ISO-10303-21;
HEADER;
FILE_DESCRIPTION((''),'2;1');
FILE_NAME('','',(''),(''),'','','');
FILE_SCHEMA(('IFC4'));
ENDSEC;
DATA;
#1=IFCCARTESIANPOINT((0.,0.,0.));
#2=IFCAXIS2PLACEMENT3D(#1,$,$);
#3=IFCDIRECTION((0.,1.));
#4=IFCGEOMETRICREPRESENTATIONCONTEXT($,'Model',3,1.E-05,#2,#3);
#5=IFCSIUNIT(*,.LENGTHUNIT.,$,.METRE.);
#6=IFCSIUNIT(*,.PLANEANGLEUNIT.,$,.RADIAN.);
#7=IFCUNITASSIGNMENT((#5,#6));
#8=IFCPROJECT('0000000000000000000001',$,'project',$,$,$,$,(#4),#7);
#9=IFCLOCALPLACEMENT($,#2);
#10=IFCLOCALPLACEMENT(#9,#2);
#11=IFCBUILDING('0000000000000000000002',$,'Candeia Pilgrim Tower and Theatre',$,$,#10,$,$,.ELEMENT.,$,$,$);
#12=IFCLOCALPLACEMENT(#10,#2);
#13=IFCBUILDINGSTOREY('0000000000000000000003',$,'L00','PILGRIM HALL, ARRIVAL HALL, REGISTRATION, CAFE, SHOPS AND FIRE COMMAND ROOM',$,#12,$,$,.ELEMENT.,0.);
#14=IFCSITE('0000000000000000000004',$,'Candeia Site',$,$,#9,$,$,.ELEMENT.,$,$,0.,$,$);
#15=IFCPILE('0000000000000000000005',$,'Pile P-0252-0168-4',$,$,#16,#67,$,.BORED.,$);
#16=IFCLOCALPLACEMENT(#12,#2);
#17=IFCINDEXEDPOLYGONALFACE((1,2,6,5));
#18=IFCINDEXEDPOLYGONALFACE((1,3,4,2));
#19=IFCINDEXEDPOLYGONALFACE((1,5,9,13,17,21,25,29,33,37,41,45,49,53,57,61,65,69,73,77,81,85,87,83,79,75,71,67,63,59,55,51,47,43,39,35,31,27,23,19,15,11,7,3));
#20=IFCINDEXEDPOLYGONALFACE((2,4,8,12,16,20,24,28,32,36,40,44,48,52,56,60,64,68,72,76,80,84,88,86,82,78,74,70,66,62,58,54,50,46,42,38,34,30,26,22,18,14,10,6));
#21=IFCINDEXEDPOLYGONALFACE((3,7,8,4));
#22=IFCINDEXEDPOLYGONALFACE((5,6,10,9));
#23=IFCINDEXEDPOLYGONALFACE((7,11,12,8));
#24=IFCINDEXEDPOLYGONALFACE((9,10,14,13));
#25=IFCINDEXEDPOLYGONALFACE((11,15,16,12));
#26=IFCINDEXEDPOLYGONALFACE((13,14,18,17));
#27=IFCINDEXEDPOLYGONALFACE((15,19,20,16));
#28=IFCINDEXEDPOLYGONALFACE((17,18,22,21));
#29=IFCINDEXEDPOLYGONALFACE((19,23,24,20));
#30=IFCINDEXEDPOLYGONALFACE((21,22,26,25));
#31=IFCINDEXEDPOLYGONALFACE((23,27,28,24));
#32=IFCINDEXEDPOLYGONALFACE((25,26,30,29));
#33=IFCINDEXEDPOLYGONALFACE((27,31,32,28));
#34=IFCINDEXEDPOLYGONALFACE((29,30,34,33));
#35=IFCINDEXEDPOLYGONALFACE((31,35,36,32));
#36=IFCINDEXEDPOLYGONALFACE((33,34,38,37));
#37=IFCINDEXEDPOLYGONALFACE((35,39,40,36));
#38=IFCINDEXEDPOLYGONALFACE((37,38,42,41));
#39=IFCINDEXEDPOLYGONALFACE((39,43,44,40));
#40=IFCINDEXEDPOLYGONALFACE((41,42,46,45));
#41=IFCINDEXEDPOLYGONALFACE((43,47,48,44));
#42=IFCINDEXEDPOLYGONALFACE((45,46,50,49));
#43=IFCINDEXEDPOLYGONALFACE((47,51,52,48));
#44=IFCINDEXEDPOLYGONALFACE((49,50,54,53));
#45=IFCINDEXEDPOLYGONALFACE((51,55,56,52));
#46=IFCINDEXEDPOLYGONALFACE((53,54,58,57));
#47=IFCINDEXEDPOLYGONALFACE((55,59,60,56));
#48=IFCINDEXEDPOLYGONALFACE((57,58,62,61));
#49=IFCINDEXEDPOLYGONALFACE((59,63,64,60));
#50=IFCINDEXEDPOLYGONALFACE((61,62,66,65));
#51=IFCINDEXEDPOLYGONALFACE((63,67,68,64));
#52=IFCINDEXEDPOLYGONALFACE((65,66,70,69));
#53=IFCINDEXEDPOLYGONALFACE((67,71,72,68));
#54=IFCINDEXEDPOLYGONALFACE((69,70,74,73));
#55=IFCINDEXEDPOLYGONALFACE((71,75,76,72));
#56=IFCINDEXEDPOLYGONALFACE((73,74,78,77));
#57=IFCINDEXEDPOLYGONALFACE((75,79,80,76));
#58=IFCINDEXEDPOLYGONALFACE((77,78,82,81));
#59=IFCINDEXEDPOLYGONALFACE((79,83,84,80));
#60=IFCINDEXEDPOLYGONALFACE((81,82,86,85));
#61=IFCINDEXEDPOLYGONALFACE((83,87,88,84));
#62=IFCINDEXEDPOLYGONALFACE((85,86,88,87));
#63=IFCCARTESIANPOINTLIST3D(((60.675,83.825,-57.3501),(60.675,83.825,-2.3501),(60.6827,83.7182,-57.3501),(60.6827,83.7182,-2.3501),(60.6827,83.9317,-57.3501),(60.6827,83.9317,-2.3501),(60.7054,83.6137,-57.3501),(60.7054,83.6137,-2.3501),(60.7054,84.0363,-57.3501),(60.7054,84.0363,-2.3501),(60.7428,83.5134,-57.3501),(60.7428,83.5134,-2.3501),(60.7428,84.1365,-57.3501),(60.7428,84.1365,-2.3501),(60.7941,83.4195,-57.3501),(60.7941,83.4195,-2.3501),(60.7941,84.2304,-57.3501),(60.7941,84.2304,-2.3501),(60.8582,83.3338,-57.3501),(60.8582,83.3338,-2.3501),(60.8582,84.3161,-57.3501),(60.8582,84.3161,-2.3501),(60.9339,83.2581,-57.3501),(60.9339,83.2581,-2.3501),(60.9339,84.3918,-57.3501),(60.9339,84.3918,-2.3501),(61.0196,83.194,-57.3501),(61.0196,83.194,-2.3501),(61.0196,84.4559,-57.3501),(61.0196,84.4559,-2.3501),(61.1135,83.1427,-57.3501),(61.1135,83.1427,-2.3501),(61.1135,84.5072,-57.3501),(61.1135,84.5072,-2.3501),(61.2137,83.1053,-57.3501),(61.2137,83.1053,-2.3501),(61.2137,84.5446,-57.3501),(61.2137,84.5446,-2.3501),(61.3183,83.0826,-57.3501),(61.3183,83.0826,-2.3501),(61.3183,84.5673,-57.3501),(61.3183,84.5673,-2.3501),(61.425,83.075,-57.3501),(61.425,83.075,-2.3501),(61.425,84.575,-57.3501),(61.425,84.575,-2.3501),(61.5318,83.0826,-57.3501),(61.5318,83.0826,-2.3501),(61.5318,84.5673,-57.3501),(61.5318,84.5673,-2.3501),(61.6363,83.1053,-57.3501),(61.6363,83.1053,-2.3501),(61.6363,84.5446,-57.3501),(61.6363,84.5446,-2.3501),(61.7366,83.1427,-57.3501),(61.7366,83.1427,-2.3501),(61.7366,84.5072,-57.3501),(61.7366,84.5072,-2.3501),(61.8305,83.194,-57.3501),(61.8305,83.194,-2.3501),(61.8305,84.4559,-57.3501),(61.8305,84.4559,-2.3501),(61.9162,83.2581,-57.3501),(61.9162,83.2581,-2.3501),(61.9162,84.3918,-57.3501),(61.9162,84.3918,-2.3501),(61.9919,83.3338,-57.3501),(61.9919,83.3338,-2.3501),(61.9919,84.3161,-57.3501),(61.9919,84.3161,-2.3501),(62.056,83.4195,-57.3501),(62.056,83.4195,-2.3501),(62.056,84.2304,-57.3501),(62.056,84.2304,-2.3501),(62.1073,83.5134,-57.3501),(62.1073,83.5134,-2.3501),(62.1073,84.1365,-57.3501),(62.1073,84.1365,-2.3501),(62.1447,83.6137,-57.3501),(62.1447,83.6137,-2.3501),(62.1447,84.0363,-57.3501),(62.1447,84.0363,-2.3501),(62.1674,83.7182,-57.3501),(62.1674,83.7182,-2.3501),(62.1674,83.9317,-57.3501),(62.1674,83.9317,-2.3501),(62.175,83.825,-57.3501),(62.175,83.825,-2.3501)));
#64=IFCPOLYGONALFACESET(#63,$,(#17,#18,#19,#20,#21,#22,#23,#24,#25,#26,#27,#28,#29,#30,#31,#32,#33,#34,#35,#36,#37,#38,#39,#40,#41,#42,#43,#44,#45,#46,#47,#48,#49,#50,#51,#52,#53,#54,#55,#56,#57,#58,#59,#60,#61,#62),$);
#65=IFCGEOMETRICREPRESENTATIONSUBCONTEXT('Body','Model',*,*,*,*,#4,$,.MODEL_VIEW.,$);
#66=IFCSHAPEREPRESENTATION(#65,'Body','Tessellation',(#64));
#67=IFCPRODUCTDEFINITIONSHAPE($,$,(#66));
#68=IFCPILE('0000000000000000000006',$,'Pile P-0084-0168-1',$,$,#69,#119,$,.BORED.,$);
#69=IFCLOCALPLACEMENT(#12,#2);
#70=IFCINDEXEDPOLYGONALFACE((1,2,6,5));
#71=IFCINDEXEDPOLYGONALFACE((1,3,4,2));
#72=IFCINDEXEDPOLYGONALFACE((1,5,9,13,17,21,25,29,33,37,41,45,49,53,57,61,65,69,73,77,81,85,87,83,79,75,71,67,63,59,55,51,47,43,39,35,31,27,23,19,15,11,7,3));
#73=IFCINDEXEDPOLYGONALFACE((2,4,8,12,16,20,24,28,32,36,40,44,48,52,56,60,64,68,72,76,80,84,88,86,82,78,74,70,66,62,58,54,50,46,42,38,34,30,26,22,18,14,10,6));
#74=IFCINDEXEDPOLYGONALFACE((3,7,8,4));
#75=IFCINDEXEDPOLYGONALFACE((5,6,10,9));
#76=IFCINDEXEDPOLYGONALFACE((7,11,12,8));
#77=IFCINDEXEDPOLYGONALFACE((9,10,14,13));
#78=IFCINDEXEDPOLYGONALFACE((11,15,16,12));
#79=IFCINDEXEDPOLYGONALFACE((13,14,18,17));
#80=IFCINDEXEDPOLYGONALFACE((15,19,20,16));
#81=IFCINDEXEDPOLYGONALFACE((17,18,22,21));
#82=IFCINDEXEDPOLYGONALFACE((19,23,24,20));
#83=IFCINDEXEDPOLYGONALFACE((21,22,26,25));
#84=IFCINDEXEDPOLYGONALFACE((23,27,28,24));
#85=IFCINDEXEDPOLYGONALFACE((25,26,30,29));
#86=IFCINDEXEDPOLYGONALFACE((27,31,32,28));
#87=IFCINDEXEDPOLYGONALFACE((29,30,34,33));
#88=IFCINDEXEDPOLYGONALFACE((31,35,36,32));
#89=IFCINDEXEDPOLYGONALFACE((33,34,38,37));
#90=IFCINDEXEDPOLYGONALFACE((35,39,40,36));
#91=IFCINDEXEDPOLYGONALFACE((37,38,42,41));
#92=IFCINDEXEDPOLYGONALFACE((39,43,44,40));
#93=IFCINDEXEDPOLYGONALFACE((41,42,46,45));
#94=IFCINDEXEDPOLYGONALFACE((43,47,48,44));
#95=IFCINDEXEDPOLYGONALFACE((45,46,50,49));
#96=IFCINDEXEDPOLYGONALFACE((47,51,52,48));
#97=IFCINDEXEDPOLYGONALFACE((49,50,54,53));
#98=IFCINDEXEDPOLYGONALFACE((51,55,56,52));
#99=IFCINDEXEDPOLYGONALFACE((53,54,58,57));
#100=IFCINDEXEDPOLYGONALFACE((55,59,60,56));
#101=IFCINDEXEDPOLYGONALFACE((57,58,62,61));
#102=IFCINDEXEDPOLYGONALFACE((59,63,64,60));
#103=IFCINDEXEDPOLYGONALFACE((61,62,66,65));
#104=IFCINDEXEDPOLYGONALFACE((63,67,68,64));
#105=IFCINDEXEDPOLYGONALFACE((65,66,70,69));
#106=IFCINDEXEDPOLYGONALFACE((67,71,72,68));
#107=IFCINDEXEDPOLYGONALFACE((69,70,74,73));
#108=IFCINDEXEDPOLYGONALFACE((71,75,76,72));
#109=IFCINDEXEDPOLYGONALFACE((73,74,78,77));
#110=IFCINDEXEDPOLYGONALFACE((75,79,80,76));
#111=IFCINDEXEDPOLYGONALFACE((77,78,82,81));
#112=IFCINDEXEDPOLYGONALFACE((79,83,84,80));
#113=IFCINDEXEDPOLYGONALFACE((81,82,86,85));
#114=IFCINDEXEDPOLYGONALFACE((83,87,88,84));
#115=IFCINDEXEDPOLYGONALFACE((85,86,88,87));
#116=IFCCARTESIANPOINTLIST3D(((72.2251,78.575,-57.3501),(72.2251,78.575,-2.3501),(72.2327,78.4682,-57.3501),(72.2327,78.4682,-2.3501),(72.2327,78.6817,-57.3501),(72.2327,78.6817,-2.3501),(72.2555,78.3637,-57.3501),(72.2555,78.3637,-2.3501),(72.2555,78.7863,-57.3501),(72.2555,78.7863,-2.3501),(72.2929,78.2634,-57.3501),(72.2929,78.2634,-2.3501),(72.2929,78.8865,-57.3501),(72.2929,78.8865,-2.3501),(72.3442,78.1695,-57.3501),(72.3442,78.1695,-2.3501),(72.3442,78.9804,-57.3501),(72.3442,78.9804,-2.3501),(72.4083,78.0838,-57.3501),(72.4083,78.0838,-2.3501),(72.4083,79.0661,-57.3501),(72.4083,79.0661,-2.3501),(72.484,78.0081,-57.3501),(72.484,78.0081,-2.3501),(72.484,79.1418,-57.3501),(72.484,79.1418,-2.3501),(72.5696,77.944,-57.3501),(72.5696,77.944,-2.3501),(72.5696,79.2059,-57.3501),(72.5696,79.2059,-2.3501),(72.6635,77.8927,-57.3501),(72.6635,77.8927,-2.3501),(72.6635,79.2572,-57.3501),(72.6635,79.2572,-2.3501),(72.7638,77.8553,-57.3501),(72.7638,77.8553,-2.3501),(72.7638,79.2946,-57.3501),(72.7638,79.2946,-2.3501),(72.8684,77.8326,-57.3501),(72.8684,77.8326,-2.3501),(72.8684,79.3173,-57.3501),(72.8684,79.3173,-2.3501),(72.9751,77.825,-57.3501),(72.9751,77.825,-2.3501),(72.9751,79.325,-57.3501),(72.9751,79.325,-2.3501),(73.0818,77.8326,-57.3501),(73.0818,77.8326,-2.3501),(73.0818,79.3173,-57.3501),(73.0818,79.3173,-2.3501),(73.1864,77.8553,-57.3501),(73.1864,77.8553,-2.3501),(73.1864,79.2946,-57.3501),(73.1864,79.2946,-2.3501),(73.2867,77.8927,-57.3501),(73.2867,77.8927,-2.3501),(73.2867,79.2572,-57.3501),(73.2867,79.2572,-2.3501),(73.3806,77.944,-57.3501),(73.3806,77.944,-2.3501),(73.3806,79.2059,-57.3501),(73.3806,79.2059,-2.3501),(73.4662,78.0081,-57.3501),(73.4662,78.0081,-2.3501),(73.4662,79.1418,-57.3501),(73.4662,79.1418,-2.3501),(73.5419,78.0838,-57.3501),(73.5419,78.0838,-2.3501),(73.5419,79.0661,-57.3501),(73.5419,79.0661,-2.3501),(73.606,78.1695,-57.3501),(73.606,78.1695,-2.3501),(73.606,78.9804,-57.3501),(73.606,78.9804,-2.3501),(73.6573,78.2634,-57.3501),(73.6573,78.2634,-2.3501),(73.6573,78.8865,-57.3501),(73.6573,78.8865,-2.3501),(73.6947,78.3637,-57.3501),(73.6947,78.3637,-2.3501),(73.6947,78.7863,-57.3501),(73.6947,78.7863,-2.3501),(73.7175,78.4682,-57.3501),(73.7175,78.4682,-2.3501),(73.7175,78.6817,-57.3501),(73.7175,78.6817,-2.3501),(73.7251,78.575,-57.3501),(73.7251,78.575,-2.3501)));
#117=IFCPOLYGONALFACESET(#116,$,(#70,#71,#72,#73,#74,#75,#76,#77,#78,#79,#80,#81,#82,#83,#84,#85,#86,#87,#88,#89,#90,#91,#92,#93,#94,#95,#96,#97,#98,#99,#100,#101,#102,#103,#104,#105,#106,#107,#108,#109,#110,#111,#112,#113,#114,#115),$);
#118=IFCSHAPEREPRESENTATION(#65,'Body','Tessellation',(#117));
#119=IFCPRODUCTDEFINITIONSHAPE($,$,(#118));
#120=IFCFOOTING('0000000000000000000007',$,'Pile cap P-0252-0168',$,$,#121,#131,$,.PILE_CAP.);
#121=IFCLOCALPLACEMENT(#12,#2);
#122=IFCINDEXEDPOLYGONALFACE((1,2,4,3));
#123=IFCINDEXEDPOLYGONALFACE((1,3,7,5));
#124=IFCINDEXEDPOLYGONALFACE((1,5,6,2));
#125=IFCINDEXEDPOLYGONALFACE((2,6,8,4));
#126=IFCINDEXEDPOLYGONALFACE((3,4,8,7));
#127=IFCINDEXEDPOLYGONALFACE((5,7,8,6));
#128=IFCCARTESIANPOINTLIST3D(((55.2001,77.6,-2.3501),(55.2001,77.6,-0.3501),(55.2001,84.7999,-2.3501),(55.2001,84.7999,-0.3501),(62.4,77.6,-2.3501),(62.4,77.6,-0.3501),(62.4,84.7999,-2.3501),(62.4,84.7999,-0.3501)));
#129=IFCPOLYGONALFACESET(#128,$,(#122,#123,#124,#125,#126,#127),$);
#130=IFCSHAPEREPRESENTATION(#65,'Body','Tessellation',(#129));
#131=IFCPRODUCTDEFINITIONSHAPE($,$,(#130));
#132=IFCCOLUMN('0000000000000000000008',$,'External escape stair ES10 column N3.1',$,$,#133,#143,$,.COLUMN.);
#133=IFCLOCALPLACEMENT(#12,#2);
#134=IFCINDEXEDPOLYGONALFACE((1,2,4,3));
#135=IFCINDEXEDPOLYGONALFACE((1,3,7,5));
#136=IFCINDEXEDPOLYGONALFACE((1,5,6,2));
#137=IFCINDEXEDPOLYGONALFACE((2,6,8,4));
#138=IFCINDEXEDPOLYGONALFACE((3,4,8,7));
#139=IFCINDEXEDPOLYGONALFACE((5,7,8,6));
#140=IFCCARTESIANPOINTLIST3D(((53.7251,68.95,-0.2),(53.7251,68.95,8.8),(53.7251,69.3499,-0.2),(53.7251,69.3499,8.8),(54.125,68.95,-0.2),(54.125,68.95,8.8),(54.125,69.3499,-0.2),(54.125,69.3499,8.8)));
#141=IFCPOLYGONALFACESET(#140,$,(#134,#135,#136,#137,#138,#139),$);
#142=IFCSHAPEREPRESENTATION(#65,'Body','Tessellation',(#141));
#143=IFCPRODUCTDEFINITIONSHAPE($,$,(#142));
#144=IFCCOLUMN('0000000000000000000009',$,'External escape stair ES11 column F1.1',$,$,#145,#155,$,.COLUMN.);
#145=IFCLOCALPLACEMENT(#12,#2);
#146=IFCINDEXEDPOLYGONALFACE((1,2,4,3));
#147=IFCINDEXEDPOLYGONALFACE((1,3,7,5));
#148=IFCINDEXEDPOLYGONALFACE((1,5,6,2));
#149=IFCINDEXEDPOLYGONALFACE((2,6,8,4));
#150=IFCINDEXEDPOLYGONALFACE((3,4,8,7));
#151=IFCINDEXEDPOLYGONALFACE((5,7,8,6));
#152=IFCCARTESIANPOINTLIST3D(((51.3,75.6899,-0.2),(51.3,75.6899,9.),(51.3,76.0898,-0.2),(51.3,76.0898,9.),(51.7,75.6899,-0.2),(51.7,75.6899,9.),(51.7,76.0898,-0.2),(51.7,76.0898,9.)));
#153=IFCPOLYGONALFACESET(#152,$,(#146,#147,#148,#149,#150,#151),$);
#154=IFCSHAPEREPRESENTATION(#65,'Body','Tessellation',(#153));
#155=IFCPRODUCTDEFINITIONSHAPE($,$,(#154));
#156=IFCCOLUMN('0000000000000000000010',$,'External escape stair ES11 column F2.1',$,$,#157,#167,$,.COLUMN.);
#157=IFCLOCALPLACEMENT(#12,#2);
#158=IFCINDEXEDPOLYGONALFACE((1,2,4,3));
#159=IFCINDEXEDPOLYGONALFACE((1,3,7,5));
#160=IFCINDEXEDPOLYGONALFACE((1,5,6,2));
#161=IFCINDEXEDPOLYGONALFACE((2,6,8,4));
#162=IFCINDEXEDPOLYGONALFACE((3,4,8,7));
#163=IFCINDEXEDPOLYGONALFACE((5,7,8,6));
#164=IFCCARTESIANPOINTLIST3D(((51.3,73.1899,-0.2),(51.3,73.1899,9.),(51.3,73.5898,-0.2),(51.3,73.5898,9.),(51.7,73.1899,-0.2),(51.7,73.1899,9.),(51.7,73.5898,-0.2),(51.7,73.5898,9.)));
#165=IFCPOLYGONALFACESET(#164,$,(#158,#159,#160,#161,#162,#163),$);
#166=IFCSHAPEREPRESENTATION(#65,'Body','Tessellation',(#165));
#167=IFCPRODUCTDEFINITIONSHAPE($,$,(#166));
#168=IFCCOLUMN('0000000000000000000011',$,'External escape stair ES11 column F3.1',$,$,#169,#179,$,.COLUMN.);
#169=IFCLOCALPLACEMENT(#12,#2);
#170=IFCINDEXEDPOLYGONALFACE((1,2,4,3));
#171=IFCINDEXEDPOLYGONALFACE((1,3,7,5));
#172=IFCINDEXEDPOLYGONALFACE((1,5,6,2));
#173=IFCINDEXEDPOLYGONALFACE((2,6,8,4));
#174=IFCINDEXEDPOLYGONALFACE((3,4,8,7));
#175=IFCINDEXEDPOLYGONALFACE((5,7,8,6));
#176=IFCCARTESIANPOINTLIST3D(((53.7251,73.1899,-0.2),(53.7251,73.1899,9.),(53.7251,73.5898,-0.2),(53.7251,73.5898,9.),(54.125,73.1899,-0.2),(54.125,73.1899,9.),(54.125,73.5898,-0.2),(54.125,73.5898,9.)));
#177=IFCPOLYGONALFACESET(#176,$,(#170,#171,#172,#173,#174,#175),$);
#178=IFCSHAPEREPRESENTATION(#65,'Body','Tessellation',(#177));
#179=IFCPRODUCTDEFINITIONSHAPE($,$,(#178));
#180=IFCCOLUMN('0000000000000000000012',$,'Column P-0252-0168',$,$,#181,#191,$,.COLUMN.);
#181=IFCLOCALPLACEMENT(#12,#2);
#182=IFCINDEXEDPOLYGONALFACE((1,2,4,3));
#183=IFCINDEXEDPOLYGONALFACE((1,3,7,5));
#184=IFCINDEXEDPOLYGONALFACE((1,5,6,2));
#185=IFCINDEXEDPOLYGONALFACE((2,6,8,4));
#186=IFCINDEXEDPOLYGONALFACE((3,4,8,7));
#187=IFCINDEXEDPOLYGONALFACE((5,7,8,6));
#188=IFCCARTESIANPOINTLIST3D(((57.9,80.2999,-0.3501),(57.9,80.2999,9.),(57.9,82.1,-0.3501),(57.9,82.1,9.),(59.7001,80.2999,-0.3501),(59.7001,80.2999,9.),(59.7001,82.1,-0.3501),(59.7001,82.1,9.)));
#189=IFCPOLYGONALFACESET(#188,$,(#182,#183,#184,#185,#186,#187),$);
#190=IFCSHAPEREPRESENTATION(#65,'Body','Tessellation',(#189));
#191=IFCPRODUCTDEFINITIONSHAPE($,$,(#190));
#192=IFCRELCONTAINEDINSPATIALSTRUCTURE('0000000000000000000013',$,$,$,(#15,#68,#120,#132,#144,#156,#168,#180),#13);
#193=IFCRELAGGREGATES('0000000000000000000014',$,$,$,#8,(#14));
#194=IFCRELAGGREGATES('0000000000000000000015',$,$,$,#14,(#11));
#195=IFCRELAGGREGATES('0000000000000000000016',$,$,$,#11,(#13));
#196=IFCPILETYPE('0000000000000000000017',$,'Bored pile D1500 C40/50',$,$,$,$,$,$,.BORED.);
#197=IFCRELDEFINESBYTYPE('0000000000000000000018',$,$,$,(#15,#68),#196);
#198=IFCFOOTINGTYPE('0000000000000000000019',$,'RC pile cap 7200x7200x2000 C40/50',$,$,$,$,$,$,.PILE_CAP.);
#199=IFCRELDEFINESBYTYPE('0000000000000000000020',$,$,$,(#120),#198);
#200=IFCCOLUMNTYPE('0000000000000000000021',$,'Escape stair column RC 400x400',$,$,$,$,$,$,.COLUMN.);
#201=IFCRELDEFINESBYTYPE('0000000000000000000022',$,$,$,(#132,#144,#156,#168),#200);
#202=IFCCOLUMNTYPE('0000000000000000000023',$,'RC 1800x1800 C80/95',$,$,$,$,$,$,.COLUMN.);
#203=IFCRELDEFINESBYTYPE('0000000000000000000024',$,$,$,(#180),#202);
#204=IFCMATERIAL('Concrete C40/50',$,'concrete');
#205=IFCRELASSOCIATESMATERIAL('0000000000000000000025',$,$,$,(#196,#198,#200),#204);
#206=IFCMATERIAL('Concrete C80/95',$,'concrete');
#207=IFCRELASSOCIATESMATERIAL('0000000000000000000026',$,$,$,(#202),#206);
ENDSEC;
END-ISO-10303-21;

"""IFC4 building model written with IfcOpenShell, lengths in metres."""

from ifc_helpers import new_model, si_unit, direction, frame, origin, origin_2d, place, context, subcontext, project, spatial, rectangle, circle, extrude, material, material_profile, profile_set, type_object, element, save


model = new_model("IFC4")

# Units and contexts
model_context = context("Model", 3, precision=1e-05, world=origin(), true_north=direction((0.0, 1.0)))
body_context = subcontext(model_context, "Body", "Model", "MODEL_VIEW")
ifc_project = project(units=[si_unit("LENGTHUNIT", "METRE"), si_unit("PLANEANGLEUNIT", "RADIAN")], contexts=[model_context])

# Site, building, storey
site_placement = place(None, origin())
site = spatial("IfcSite", under=ifc_project, at=site_placement, Name="Candeia Site", CompositionType="ELEMENT", RefElevation=0.0)
building_placement = place(site_placement, origin())
building = spatial("IfcBuilding", under=site, at=building_placement, Name="Candeia Pilgrim Tower and Theatre", CompositionType="ELEMENT")
storey_placement = place(building_placement, origin())
storey = spatial("IfcBuildingStorey", under=building, at=storey_placement, Name="L00", Description="PILGRIM HALL, ARRIVAL HALL, REGISTRATION, CAFE, SHOPS AND FIRE COMMAND ROOM", CompositionType="ELEMENT", Elevation=0.0)

# Piles
ifc_material_1 = material(Name="Concrete C40/50", Category="concrete")
ifc_material_profile_1 = material_profile(ifc_material_1, circle(Radius=0.75, at=origin_2d()))
ifc_profile_set_1 = profile_set([ifc_material_profile_1], Name="Concrete C40/50")
pile_type = type_object("IfcPileType", Name="Bored pile D1500 C40/50", PredefinedType="BORED", material=ifc_profile_set_1)
for number, where, z_axis, x_axis, name in (
    (1, (61.425, 83.825, -2.3501), (0.0, 0.0, -1.0), (1.0, 0.0, 0.0), "Pile P-0252-0168-4"),
    (2, (72.9751, 78.575, -2.3501), (0.0, 0.0, -1.0), (1.0, 0.0, 0.0), "Pile P-0084-0168-1"),
):
    element("IfcPile", number, at=place(storey_placement, frame(where, z_axis=z_axis, x_axis=x_axis)), inside=storey, type_object=pile_type, Name=name, PredefinedType="BORED", context=body_context, shape_type="SweptSolid", body=[
        extrude(circle(Radius=0.75, at=origin_2d()), origin(), (0.0, 0.0, 1.0), 55.0),
    ])

# Footing
footing_type = type_object("IfcFootingType", Name="RC pile cap 7200x7200x2000 C40/50", PredefinedType="PILE_CAP", material=ifc_material_1)
footing_placement = place(storey_placement, frame((58.8, 81.2, -2.3501), z_axis=(0.0, 0.0, 1.0), x_axis=(1.0, 0.0, 0.0)))
element("IfcFooting", 3, at=footing_placement, inside=storey, type_object=footing_type, Name="Pile cap P-0252-0168", PredefinedType="PILE_CAP", context=body_context, shape_type="SweptSolid", body=[
    extrude(rectangle(XDim=7.2, YDim=7.2, at=origin_2d()), origin(), (0.0, 0.0, 1.0), 2.0),
])

# Columns
ifc_material_profile_2 = material_profile(ifc_material_1, rectangle(XDim=0.3999, YDim=0.3999, at=origin_2d()))
ifc_profile_set_2 = profile_set([ifc_material_profile_2], Name="Concrete C40/50")
column_type_1 = type_object("IfcColumnType", Name="Escape stair column RC 400x400", PredefinedType="COLUMN", material=ifc_profile_set_2)
column_1_placement = place(storey_placement, frame((53.925, 69.1499, -0.2), z_axis=(0.0, 0.0, 1.0), x_axis=(1.0, 0.0, 0.0)))
element("IfcColumn", 4, at=column_1_placement, inside=storey, type_object=column_type_1, Name="External escape stair ES10 column N3.1", PredefinedType="COLUMN", context=body_context, shape_type="SweptSolid", body=[
    extrude(rectangle(XDim=0.3999, YDim=0.3999, at=origin_2d()), origin(), (0.0, 0.0, 1.0), 9.0),
])
for number, where, z_axis, x_axis, name in (
    (5, (51.5, 75.8899, -0.2), (0.0, 0.0, 1.0), (1.0, 0.0, 0.0), "External escape stair ES11 column F1.1"),
    (6, (51.5, 73.3899, -0.2), (0.0, 0.0, 1.0), (1.0, 0.0, 0.0), "External escape stair ES11 column F2.1"),
    (7, (53.925, 73.3899, -0.2), (0.0, 0.0, 1.0), (1.0, 0.0, 0.0), "External escape stair ES11 column F3.1"),
):
    element("IfcColumn", number, at=place(storey_placement, frame(where, z_axis=z_axis, x_axis=x_axis)), inside=storey, type_object=column_type_1, Name=name, PredefinedType="COLUMN", context=body_context, shape_type="SweptSolid", body=[
        extrude(rectangle(XDim=0.3999, YDim=0.3999, at=origin_2d()), origin(), (0.0, 0.0, 1.0), 9.2),
    ])
ifc_material_2 = material(Name="Concrete C80/95", Category="concrete")
ifc_material_profile_3 = material_profile(ifc_material_2, rectangle(XDim=1.8, YDim=1.8, at=origin_2d()))
ifc_profile_set_3 = profile_set([ifc_material_profile_3], Name="Concrete C80/95")
column_type_2 = type_object("IfcColumnType", Name="RC 1800x1800 C80/95", PredefinedType="COLUMN", material=ifc_profile_set_3)
column_2_placement = place(storey_placement, frame((58.8, 81.2, -0.3501), z_axis=(0.0, 0.0, 1.0), x_axis=(1.0, 0.0, 0.0)))
element("IfcColumn", 8, at=column_2_placement, inside=storey, type_object=column_type_2, Name="Column P-0252-0168", PredefinedType="COLUMN", context=body_context, shape_type="SweptSolid", body=[
    extrude(rectangle(XDim=1.8, YDim=1.8, at=origin_2d()), origin(), (0.0, 0.0, 1.0), 9.3501),
])

save(model, "model.ifc")
